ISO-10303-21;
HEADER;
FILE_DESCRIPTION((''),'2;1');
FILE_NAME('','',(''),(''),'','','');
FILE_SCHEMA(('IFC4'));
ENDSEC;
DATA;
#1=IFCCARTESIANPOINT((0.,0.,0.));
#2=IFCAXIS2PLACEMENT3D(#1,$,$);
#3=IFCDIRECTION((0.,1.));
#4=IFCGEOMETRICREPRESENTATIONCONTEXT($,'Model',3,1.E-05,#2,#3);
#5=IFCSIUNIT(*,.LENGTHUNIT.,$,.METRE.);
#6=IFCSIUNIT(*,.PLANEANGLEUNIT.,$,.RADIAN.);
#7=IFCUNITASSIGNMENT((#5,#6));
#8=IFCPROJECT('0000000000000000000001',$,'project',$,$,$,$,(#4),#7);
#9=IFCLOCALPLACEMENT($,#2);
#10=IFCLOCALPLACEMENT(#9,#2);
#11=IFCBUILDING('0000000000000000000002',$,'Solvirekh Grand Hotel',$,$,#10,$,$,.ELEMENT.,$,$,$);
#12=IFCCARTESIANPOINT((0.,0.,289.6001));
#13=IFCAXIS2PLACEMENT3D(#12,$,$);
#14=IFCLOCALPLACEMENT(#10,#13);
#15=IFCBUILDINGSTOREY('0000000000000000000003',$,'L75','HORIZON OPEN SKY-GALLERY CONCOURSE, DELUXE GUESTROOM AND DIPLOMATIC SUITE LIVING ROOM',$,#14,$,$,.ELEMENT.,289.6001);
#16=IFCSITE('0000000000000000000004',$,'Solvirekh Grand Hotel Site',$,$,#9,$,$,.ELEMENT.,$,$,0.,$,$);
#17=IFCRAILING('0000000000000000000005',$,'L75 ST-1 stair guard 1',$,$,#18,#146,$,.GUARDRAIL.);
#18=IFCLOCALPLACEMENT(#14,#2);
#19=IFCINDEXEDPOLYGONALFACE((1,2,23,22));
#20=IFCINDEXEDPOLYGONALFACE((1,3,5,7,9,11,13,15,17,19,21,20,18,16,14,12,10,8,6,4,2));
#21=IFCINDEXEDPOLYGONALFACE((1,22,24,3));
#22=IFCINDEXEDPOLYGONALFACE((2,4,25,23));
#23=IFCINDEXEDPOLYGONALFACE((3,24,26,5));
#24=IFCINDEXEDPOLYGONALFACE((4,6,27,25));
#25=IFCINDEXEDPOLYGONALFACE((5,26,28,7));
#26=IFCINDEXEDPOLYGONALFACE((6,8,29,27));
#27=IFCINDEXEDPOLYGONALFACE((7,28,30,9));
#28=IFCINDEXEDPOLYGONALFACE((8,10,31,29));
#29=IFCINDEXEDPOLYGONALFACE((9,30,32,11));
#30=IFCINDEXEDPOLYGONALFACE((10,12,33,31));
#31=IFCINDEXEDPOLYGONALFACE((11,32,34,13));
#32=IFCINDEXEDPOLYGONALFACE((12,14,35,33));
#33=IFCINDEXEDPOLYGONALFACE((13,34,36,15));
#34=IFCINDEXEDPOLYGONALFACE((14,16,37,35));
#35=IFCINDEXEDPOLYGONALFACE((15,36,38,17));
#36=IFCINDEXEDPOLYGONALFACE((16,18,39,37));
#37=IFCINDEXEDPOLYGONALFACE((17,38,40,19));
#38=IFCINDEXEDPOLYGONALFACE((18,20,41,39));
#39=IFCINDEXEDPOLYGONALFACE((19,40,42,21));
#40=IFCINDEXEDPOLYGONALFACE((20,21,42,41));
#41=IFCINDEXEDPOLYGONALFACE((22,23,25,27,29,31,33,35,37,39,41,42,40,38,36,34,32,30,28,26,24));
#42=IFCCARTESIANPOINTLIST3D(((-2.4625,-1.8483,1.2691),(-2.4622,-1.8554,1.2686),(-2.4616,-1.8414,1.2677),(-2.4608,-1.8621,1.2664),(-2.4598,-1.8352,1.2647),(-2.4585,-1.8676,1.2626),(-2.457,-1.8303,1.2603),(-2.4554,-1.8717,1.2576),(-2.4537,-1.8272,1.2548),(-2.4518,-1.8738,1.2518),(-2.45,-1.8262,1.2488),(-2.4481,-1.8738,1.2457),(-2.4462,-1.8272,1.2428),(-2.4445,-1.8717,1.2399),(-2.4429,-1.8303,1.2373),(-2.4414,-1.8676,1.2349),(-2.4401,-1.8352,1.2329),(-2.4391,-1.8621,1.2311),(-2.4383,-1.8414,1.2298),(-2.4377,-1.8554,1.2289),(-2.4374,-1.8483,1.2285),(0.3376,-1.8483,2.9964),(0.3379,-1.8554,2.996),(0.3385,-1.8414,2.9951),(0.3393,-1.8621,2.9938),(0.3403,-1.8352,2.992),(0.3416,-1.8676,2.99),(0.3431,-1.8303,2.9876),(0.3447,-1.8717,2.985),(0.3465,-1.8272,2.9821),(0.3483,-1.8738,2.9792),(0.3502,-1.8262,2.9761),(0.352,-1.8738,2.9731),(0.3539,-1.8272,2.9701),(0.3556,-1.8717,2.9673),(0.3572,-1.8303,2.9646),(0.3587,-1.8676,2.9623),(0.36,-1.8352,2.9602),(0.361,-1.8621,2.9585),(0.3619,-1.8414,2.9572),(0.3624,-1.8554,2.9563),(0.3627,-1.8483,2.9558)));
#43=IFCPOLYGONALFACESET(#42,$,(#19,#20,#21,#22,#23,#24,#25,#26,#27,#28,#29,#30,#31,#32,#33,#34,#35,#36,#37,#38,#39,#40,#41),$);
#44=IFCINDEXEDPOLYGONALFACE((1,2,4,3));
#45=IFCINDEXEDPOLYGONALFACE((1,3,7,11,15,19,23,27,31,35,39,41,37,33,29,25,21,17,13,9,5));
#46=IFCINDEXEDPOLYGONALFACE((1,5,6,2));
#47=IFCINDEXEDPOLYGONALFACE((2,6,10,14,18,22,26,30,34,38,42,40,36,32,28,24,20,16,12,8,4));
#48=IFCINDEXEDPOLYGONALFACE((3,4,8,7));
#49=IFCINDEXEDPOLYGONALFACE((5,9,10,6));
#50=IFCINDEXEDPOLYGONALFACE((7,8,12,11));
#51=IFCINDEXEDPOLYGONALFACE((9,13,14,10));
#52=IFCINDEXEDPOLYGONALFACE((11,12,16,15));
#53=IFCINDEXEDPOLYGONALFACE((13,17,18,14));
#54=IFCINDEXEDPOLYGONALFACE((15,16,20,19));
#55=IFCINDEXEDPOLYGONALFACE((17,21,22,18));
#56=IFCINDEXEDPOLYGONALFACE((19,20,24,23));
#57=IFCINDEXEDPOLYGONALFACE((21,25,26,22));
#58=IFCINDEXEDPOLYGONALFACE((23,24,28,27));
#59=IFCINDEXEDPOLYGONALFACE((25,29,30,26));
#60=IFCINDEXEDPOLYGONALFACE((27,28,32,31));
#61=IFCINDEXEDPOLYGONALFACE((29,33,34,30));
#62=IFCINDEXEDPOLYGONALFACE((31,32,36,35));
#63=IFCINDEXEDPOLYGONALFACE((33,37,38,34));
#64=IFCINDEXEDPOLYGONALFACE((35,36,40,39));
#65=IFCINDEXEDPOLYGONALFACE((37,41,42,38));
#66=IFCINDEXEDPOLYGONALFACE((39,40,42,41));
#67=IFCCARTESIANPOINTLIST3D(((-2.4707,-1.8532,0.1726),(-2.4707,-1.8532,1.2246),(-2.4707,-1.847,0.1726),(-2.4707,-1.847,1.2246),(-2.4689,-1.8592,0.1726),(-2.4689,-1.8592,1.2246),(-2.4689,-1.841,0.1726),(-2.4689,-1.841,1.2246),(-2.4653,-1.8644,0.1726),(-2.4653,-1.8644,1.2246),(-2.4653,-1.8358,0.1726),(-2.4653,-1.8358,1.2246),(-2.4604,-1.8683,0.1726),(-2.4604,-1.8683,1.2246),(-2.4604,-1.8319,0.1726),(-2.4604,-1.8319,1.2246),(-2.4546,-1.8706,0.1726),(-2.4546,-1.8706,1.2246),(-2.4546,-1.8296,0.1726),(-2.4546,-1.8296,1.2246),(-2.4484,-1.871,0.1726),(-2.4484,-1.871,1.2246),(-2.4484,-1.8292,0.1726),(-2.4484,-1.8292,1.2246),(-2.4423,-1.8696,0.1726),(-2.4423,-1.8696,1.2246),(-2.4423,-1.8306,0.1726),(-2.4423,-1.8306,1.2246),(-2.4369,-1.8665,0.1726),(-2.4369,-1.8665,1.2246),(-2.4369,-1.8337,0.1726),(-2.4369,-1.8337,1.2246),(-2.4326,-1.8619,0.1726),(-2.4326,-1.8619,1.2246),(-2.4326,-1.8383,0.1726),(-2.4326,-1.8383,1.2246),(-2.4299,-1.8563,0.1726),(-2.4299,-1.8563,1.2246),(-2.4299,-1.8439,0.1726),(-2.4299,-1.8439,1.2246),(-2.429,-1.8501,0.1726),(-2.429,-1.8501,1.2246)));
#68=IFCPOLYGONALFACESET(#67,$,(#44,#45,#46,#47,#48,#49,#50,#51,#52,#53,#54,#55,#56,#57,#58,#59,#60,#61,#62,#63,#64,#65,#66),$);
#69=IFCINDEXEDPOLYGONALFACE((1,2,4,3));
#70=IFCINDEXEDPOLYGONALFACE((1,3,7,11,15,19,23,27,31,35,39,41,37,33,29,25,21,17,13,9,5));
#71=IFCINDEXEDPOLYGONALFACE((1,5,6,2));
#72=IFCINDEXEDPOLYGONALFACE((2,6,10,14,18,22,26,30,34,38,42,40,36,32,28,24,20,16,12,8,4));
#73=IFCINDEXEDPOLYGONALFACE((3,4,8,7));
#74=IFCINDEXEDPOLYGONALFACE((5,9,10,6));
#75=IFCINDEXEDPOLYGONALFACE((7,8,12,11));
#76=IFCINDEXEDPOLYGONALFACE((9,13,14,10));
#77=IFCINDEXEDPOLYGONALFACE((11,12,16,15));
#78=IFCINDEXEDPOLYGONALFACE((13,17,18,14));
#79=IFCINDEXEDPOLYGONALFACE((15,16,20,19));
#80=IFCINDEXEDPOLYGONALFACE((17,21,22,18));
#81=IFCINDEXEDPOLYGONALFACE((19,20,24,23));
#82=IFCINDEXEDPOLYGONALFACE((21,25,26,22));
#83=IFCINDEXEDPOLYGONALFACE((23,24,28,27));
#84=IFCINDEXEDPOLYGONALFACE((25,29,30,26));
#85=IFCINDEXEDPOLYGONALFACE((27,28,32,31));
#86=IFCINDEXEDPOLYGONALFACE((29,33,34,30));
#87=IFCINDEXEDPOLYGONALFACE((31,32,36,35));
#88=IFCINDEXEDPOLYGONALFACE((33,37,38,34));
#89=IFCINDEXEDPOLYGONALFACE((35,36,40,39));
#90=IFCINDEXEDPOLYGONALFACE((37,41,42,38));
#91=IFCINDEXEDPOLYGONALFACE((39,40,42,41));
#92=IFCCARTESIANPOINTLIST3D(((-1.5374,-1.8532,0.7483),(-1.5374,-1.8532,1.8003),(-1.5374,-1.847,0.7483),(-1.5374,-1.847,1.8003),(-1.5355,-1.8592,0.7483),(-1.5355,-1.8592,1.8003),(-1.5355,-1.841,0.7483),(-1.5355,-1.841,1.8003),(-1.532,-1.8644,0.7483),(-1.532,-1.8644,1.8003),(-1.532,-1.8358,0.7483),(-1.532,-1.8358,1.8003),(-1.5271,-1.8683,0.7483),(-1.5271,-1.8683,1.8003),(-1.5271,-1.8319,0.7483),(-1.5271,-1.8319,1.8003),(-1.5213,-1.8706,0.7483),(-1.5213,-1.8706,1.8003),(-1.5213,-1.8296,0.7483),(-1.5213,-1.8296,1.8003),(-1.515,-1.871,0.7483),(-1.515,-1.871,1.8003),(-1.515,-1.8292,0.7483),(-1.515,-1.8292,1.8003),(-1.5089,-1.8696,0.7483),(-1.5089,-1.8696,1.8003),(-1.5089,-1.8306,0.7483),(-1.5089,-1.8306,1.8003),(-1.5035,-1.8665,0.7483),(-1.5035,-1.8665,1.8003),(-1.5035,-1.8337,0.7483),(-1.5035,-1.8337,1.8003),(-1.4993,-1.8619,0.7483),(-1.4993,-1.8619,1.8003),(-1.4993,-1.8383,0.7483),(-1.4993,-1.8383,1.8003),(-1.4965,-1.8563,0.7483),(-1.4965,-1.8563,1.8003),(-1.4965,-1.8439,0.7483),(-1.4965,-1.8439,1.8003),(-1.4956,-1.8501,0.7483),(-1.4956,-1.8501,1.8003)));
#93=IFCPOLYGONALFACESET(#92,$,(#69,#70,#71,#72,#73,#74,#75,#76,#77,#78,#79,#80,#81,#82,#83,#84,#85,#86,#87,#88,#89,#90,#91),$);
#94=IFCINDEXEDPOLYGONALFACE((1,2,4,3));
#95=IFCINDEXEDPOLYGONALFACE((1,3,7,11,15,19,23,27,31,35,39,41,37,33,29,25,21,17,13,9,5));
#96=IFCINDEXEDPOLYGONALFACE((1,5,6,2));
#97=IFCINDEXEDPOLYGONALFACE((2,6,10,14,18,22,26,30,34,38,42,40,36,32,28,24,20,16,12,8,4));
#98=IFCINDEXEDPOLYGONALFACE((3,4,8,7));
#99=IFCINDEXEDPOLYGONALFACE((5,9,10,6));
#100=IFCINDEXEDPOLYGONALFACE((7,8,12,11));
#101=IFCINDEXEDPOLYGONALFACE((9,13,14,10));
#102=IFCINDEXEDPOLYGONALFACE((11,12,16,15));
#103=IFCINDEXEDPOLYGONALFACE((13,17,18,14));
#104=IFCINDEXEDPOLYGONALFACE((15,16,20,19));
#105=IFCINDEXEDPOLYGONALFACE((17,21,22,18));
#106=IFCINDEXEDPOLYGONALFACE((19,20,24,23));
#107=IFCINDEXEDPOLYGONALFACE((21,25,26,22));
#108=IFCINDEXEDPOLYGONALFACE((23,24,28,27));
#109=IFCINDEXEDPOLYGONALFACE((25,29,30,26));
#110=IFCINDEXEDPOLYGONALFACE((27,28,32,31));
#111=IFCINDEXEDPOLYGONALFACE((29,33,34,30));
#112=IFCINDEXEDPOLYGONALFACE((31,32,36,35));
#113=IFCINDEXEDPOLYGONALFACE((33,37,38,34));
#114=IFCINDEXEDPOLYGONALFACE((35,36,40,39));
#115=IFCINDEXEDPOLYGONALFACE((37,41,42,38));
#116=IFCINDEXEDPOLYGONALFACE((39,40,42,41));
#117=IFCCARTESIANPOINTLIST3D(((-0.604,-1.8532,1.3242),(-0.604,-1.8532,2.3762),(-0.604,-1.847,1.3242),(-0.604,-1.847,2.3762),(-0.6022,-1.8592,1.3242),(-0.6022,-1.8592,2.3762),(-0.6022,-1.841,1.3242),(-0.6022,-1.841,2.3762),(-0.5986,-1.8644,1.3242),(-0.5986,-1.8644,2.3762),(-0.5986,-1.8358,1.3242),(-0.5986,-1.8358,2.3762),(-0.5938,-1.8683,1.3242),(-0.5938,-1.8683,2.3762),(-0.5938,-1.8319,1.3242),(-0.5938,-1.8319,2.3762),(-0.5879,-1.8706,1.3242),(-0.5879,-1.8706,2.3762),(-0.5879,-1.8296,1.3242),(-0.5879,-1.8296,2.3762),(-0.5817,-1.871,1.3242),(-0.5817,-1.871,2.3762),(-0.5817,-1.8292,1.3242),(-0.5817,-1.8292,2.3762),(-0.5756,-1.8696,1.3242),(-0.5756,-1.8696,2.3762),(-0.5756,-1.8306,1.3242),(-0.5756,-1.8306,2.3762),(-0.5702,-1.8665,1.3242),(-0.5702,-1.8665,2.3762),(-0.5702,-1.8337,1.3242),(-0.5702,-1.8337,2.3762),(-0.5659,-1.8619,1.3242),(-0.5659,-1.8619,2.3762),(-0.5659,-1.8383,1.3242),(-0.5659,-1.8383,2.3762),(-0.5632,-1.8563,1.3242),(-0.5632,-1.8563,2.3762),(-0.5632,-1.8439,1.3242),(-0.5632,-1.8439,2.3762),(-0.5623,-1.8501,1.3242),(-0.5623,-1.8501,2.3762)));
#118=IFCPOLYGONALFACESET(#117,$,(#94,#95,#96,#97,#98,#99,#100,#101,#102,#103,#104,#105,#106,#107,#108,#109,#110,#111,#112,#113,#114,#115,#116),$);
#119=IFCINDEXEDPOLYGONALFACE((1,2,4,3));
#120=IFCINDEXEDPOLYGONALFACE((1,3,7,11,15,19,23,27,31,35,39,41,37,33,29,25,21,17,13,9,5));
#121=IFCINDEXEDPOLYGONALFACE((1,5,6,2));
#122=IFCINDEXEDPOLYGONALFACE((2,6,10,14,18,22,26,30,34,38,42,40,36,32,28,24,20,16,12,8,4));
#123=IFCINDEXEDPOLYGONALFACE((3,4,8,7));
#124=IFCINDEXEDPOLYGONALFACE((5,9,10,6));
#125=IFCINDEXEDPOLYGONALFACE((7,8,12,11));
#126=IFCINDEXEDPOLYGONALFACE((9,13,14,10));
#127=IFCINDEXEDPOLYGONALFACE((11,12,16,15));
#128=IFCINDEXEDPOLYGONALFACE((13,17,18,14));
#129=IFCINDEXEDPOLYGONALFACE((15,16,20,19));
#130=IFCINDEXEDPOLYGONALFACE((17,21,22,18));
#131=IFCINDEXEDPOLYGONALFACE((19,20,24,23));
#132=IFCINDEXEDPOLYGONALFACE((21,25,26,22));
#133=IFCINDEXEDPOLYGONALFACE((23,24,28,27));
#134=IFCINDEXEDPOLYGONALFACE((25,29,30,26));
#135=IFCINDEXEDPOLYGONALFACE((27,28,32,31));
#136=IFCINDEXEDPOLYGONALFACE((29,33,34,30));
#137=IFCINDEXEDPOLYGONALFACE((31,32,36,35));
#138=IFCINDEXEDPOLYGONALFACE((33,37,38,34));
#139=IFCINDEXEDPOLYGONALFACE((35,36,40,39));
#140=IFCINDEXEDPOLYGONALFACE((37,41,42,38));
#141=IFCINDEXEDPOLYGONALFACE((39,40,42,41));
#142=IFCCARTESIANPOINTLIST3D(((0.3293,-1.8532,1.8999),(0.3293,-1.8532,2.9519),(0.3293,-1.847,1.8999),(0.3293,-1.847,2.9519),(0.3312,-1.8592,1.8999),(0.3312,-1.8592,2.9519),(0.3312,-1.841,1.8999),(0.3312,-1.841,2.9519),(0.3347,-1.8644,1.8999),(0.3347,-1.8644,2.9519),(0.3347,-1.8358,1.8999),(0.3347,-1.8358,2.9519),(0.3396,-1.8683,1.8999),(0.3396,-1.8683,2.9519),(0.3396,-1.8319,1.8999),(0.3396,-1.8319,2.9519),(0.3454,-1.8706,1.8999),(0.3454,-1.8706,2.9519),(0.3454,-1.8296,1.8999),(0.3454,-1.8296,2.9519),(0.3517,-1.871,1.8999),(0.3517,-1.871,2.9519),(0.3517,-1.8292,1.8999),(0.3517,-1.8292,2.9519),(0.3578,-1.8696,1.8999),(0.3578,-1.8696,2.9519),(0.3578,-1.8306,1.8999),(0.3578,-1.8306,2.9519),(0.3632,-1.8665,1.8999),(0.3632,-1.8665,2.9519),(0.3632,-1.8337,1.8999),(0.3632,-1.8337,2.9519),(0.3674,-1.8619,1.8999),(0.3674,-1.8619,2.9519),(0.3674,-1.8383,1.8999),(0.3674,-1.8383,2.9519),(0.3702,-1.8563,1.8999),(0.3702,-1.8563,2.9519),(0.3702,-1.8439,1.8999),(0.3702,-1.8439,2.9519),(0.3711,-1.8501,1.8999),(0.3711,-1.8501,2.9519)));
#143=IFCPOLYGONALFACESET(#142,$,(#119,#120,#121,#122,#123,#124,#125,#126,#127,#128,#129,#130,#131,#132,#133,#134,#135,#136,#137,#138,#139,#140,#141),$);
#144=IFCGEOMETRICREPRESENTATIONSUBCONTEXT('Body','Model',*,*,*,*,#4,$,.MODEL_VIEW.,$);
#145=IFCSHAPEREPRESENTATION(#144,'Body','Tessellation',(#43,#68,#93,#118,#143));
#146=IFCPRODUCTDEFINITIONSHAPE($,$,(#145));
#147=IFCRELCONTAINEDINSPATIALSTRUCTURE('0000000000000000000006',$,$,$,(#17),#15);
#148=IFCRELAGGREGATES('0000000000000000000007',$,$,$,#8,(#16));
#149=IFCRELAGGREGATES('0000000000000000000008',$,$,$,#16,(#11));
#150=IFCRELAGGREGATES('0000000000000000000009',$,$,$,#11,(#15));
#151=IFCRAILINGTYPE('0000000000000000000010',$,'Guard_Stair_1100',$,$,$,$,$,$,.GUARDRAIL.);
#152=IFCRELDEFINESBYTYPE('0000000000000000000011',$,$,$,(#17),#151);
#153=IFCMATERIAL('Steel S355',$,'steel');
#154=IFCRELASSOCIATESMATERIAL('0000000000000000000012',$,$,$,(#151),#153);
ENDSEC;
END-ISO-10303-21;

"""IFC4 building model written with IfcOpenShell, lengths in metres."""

from ifc_helpers import new_model, si_unit, direction, frame, origin, origin_2d, place, context, subcontext, project, spatial, circle, extrude, material, type_object, element, save


model = new_model("IFC4")

# Units and contexts
model_context = context("Model", 3, precision=1e-05, world=origin(), true_north=direction((0.0, 1.0)))
body_context = subcontext(model_context, "Body", "Model", "MODEL_VIEW")
ifc_project = project(units=[si_unit("LENGTHUNIT", "METRE"), si_unit("PLANEANGLEUNIT", "RADIAN")], contexts=[model_context])

# Site, building, storey
site_placement = place(None, origin())
site = spatial("IfcSite", under=ifc_project, at=site_placement, Name="Solvirekh Grand Hotel Site", CompositionType="ELEMENT", RefElevation=0.0)
building_placement = place(site_placement, origin())
building = spatial("IfcBuilding", under=site, at=building_placement, Name="Solvirekh Grand Hotel", CompositionType="ELEMENT")
storey_placement = place(building_placement, frame((0.0, 0.0, 289.6001)))
storey = spatial("IfcBuildingStorey", under=building, at=storey_placement, Name="L75", Description="HORIZON OPEN SKY-GALLERY CONCOURSE, DELUXE GUESTROOM AND DIPLOMATIC SUITE LIVING ROOM", CompositionType="ELEMENT", Elevation=289.6001)

# Shared definitions
ifc_material_1 = material(Name="Steel S355", Category="steel")

# Railing
railing_type_1 = type_object("IfcRailingType", Name="Guard_Stair_1100", PredefinedType="GUARDRAIL", material=ifc_material_1)
railing_1_placement = place(storey_placement, frame((-2.45, -1.8501, 0.1726)))
element("IfcRailing", 1, at=railing_1_placement, inside=storey, type_object=railing_type_1, Name="L75 ST-1 stair guard 1", PredefinedType="GUARDRAIL", context=body_context, shape_type="SweptSolid", body=[
    extrude(circle(Radius=0.0239, at=origin_2d()), frame((0.0, 0.0, 1.0762), z_axis=(0.85109, 0.0, 0.52502), x_axis=(0.0, 1.0, 0.0)), (0.0, 0.0, 1.0), 3.29),
    extrude(circle(Radius=0.021, at=origin_2d()), origin(), (0.0, 0.0, 1.0), 1.052),
    extrude(circle(Radius=0.021, at=origin_2d()), frame((0.9333, 0.0, 0.5757)), (0.0, 0.0, 1.0), 1.052),
    extrude(circle(Radius=0.021, at=origin_2d()), frame((1.8667, 0.0, 1.1516)), (0.0, 0.0, 1.0), 1.052),
    extrude(circle(Radius=0.021, at=origin_2d()), frame((2.8, 0.0, 1.7273)), (0.0, 0.0, 1.0), 1.052),
])

save(model, "model.ifc")
